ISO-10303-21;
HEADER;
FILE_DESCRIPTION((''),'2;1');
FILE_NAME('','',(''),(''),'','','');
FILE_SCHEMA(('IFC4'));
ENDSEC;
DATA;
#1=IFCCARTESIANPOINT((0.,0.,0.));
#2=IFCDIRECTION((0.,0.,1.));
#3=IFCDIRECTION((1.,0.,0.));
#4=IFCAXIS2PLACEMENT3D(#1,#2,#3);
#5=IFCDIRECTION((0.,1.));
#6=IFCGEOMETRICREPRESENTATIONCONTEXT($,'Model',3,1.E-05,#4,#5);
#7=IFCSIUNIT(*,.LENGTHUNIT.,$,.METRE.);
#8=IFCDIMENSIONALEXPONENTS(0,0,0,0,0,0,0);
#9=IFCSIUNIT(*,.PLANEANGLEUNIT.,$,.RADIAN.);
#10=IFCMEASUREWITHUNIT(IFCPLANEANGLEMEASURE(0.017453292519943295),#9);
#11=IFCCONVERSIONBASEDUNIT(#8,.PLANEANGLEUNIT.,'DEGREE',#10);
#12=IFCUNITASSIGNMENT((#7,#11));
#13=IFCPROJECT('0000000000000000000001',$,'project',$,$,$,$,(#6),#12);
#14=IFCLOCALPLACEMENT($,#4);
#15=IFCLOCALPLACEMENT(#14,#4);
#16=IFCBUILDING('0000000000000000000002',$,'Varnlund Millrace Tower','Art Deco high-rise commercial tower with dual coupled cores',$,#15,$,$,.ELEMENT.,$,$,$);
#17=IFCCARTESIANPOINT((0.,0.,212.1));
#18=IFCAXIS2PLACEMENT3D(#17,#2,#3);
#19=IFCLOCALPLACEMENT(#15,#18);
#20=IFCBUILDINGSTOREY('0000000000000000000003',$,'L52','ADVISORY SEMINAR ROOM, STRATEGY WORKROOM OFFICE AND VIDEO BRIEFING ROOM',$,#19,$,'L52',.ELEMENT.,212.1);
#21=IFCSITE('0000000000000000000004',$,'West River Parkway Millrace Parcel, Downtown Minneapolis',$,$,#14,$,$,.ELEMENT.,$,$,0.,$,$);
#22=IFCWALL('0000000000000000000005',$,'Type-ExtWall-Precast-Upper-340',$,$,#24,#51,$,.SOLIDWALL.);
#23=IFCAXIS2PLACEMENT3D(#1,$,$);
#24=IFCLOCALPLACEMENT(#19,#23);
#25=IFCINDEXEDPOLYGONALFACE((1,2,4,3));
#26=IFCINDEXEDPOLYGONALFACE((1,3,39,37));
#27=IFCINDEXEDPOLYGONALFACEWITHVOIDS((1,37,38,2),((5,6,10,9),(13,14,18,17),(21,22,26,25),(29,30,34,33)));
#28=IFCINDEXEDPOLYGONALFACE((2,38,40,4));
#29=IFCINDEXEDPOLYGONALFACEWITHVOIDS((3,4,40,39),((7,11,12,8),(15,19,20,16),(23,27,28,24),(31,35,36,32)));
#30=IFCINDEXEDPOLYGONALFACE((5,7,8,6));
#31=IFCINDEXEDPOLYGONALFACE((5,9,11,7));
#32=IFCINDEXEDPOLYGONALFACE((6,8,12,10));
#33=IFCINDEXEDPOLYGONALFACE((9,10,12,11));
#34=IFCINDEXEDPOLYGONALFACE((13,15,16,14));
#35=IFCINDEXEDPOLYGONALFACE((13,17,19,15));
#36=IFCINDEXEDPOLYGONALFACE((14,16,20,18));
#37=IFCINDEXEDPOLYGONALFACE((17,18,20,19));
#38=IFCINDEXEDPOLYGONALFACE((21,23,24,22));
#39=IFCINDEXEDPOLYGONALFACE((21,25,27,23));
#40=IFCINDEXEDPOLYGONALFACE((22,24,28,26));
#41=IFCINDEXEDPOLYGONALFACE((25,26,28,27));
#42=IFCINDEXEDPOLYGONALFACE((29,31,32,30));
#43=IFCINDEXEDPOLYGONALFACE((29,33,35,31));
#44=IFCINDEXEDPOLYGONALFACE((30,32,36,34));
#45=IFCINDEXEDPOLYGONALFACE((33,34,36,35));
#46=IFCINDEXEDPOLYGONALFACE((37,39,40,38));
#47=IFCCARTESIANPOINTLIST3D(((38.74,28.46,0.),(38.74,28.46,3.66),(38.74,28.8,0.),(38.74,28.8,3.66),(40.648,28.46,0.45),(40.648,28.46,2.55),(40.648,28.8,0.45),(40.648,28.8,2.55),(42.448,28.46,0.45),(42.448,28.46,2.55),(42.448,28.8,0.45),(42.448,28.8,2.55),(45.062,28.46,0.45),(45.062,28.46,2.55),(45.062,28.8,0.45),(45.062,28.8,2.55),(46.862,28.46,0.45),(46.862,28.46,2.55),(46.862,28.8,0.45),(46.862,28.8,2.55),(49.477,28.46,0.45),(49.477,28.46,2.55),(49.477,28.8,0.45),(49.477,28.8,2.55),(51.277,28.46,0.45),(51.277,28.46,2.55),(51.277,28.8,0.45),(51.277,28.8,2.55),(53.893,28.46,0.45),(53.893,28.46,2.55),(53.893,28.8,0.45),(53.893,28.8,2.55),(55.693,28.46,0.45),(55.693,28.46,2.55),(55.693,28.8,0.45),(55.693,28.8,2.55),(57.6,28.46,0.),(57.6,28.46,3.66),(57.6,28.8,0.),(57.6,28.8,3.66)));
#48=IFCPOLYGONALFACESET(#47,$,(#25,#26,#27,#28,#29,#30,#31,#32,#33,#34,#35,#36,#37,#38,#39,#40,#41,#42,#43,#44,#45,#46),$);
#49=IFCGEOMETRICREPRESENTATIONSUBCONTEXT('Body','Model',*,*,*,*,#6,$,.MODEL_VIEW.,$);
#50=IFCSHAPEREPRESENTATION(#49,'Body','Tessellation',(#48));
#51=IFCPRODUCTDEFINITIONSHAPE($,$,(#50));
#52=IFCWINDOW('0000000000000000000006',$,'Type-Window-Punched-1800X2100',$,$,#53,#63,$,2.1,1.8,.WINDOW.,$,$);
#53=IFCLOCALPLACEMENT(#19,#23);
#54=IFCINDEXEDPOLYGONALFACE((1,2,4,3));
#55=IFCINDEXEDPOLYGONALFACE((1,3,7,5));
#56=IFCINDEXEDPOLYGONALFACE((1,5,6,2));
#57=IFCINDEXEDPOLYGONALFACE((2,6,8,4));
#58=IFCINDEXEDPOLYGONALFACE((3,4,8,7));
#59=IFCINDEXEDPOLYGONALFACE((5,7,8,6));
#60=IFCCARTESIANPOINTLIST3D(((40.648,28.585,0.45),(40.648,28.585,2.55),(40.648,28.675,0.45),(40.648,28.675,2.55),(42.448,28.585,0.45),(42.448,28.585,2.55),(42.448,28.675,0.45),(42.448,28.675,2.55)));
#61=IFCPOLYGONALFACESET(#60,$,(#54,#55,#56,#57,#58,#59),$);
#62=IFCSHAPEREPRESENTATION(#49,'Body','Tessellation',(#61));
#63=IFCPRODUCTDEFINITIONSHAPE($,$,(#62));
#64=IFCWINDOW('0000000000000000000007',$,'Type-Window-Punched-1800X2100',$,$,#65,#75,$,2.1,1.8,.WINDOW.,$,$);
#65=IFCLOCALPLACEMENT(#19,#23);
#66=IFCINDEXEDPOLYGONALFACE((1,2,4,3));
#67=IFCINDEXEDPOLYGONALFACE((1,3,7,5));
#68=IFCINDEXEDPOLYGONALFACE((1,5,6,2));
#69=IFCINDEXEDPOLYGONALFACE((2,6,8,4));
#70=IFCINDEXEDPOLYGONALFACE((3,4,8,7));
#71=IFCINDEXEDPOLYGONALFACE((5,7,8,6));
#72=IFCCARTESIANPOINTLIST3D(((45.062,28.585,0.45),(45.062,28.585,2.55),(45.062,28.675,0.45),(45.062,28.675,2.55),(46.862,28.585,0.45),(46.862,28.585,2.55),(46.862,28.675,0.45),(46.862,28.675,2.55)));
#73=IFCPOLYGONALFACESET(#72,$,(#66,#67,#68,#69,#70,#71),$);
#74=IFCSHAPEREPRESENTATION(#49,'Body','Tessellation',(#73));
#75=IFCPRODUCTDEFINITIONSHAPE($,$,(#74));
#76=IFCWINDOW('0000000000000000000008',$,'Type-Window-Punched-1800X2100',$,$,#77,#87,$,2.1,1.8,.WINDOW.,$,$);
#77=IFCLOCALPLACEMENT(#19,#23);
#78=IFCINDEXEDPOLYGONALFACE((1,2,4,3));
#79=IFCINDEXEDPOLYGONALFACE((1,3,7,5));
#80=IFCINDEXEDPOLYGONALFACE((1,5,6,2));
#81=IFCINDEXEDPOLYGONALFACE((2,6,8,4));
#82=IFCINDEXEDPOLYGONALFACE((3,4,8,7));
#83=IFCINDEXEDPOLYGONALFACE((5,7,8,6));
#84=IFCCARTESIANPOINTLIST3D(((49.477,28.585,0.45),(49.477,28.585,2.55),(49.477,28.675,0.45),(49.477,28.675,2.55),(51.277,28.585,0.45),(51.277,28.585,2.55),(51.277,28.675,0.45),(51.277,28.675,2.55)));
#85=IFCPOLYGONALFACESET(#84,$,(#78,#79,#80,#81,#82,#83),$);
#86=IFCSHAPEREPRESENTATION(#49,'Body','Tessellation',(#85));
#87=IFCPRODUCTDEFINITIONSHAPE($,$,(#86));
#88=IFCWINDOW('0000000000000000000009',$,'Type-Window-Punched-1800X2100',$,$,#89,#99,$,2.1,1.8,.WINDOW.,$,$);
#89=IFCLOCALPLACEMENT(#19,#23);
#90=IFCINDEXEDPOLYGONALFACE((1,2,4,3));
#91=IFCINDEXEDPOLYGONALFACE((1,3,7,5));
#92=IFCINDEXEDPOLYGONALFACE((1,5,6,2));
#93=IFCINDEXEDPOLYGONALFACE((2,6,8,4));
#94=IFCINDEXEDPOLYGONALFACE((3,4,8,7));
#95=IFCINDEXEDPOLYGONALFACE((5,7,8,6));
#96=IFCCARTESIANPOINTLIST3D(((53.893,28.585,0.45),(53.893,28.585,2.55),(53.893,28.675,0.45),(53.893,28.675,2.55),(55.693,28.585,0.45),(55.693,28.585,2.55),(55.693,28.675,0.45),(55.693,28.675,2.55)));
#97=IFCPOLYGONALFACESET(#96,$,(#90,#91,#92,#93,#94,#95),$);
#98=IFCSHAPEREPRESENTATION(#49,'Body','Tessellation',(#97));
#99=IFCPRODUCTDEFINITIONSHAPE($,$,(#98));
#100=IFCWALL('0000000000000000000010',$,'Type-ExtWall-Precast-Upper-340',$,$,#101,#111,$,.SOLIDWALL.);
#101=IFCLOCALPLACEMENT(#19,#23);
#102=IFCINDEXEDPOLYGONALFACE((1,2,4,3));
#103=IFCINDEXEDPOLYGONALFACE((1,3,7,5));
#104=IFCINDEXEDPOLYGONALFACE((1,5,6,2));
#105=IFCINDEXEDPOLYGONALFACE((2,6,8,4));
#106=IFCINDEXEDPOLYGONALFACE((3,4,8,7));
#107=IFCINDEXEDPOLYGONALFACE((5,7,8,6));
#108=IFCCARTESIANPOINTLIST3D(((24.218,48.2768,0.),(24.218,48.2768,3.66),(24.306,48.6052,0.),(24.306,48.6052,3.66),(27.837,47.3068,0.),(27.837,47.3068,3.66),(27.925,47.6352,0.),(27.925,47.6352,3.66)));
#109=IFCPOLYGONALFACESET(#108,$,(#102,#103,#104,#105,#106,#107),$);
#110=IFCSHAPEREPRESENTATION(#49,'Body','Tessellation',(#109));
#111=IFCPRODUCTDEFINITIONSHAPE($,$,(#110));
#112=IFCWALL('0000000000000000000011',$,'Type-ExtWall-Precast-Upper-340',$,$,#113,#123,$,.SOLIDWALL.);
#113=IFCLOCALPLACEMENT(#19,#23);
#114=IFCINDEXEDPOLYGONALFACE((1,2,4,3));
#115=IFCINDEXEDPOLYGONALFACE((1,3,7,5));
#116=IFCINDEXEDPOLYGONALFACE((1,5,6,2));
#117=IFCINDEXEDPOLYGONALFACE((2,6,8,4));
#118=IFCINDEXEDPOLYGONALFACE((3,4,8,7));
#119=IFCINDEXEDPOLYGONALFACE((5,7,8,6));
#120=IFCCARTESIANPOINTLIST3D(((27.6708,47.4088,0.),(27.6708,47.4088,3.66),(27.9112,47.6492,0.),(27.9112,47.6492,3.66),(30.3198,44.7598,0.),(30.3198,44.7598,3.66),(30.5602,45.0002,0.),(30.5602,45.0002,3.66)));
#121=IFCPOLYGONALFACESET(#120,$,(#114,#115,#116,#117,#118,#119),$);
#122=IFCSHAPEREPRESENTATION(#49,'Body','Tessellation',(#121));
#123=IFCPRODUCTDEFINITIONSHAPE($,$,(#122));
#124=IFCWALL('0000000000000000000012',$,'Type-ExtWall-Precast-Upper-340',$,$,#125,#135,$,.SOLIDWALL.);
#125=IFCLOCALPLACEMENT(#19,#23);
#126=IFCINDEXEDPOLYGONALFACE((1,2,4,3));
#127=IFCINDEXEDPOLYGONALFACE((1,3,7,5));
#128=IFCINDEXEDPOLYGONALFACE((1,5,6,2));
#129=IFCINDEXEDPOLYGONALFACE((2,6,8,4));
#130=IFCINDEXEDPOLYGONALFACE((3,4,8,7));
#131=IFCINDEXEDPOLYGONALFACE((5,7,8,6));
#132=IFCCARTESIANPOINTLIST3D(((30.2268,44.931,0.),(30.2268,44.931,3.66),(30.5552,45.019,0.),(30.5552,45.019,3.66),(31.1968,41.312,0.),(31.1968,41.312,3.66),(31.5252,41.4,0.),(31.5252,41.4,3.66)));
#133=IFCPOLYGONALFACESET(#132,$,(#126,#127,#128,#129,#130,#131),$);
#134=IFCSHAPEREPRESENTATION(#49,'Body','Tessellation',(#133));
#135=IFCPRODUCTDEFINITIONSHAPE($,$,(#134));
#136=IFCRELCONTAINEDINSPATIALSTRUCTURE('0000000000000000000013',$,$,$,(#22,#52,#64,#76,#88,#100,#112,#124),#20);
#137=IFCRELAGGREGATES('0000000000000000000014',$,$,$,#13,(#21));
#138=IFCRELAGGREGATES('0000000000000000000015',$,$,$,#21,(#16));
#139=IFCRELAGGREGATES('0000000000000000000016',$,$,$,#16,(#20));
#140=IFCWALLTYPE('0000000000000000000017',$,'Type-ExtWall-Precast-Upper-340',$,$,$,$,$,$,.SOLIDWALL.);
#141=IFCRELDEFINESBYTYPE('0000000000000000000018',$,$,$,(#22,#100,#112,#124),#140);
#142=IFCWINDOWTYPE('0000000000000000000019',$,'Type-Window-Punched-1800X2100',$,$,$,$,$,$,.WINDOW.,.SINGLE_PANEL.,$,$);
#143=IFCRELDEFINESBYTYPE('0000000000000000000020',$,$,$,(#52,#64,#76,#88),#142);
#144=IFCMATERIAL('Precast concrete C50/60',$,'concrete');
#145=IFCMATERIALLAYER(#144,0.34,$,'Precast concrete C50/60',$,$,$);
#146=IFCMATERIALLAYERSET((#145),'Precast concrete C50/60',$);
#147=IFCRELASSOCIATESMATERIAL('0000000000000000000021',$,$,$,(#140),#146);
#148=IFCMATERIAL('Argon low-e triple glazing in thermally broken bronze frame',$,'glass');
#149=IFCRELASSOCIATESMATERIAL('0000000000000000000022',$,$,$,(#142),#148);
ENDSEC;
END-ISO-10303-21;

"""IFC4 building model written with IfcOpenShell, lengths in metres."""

from ifc_helpers import new_model, entity, si_unit, converted_unit, direction, frame, origin_with_axes, origin_2d_with_axis, place, context, subcontext, project, spatial, polyline, rectangle, outline, extrude, material, layer, layer_set, type_object, element, fill, save


model = new_model("IFC4")

# Units and contexts
model_context = context("Model", 3, precision=1e-05, world=origin_with_axes(), true_north=direction((0.0, 1.0)))
body_context = subcontext(model_context, "Body", "Model", "MODEL_VIEW")
ifc_project = project(units=[si_unit("LENGTHUNIT", "METRE"), converted_unit("PLANEANGLEUNIT", "DEGREE", entity("IfcPlaneAngleMeasure", 0.017453292519943295), si_unit("PLANEANGLEUNIT", "RADIAN"), dimensions=[0, 0, 0, 0, 0, 0, 0])], contexts=[model_context])

# Site, building, storey
site_placement = place(None, origin_with_axes())
site = spatial("IfcSite", under=ifc_project, at=site_placement, Name="West River Parkway Millrace Parcel, Downtown Minneapolis", CompositionType="ELEMENT", RefElevation=0.0)
building_placement = place(site_placement, origin_with_axes())
building = spatial("IfcBuilding", under=site, at=building_placement, Name="Varnlund Millrace Tower", Description="Art Deco high-rise commercial tower with dual coupled cores", CompositionType="ELEMENT")
storey_placement = place(building_placement, frame((0.0, 0.0, 212.1), z_axis=(0.0, 0.0, 1.0), x_axis=(1.0, 0.0, 0.0)))
storey = spatial("IfcBuildingStorey", under=building, at=storey_placement, Name="L52", Description="ADVISORY SEMINAR ROOM, STRATEGY WORKROOM OFFICE AND VIDEO BRIEFING ROOM", LongName="L52", CompositionType="ELEMENT", Elevation=212.1)

# Shared definitions
ifc_material_1 = material(Name="Precast concrete C50/60", Category="concrete")
ifc_layer_1 = layer(ifc_material_1, 0.34, Name="Precast concrete C50/60")
ifc_layer_set_1 = layer_set([ifc_layer_1], Name="Precast concrete C50/60")
wall_type_1 = type_object("IfcWallType", Name="Type-ExtWall-Precast-Upper-340", PredefinedType="SOLIDWALL", material=ifc_layer_set_1)

# Wall, openings, windows
wall_1_placement = place(storey_placement, frame((38.74, 28.63, 0.0), z_axis=(0.0, 0.0, 1.0), x_axis=(1.0, 0.0, 0.0)))
wall_1 = element("IfcWall", 1, at=wall_1_placement, inside=storey, type_object=wall_type_1, Name="Type-ExtWall-Precast-Upper-340", PredefinedType="SOLIDWALL", context=body_context, shape_type="SweptSolid", body=[
    extrude(outline(polyline([(0.0, -0.17), (18.86, -0.17), (18.86, 0.17), (0.0, 0.17), (0.0, -0.17)])), origin_with_axes(), (0.0, 0.0, 1.0), 3.66),
])
opening_1_placement = place(wall_1_placement, frame((2.808, 0.0, 0.45), z_axis=(0.0, 0.0, 1.0), x_axis=(1.0, 0.0, 0.0)))
opening_1 = element("IfcOpeningElement", 2, at=opening_1_placement, cuts=wall_1, PredefinedType="OPENING", context=body_context, shape_type="SweptSolid", body=[
    extrude(rectangle(XDim=1.8, YDim=0.36, at=origin_2d_with_axis()), origin_with_axes(), (0.0, 0.0, 1.0), 2.1),
])
opening_2_placement = place(wall_1_placement, frame((7.222, 0.0, 0.45), z_axis=(0.0, 0.0, 1.0), x_axis=(1.0, 0.0, 0.0)))
opening_2 = element("IfcOpeningElement", 3, at=opening_2_placement, cuts=wall_1, PredefinedType="OPENING", context=body_context, shape_type="SweptSolid", body=[
    extrude(rectangle(XDim=1.8, YDim=0.36, at=origin_2d_with_axis()), origin_with_axes(), (0.0, 0.0, 1.0), 2.1),
])
opening_3_placement = place(wall_1_placement, frame((11.637, 0.0, 0.45), z_axis=(0.0, 0.0, 1.0), x_axis=(1.0, 0.0, 0.0)))
opening_3 = element("IfcOpeningElement", 4, at=opening_3_placement, cuts=wall_1, PredefinedType="OPENING", context=body_context, shape_type="SweptSolid", body=[
    extrude(rectangle(XDim=1.8, YDim=0.36, at=origin_2d_with_axis()), origin_with_axes(), (0.0, 0.0, 1.0), 2.1),
])
opening_4_placement = place(wall_1_placement, frame((16.053, 0.0, 0.45), z_axis=(0.0, 0.0, 1.0), x_axis=(1.0, 0.0, 0.0)))
opening_4 = element("IfcOpeningElement", 5, at=opening_4_placement, cuts=wall_1, PredefinedType="OPENING", context=body_context, shape_type="SweptSolid", body=[
    extrude(rectangle(XDim=1.8, YDim=0.36, at=origin_2d_with_axis()), origin_with_axes(), (0.0, 0.0, 1.0), 2.1),
])
ifc_material_2 = material(Name="Argon low-e triple glazing in thermally broken bronze frame", Category="glass")
window_type_1 = type_object("IfcWindowType", Name="Type-Window-Punched-1800X2100", PartitioningType="SINGLE_PANEL", PredefinedType="WINDOW", material=ifc_material_2)
window_1_placement = place(wall_1_placement, frame((2.808, 0.0, 0.45), z_axis=(0.0, 0.0, 1.0), x_axis=(1.0, 0.0, 0.0)))
window_1 = element("IfcWindow", 6, at=window_1_placement, inside=storey, type_object=window_type_1, Name="Type-Window-Punched-1800X2100", OverallHeight=2.1, OverallWidth=1.8, PredefinedType="WINDOW", context=body_context, shape_type="SweptSolid", body=[
    extrude(rectangle(XDim=1.8, YDim=0.09, at=origin_2d_with_axis()), origin_with_axes(), (0.0, 0.0, 1.0), 2.1),
])
fill(opening_1, window_1)
window_2_placement = place(wall_1_placement, frame((7.222, 0.0, 0.45), z_axis=(0.0, 0.0, 1.0), x_axis=(1.0, 0.0, 0.0)))
window_2 = element("IfcWindow", 7, at=window_2_placement, inside=storey, type_object=window_type_1, Name="Type-Window-Punched-1800X2100", OverallHeight=2.1, OverallWidth=1.8, PredefinedType="WINDOW", context=body_context, shape_type="SweptSolid", body=[
    extrude(rectangle(XDim=1.8, YDim=0.09, at=origin_2d_with_axis()), origin_with_axes(), (0.0, 0.0, 1.0), 2.1),
])
fill(opening_2, window_2)
window_3_placement = place(wall_1_placement, frame((11.637, 0.0, 0.45), z_axis=(0.0, 0.0, 1.0), x_axis=(1.0, 0.0, 0.0)))
window_3 = element("IfcWindow", 8, at=window_3_placement, inside=storey, type_object=window_type_1, Name="Type-Window-Punched-1800X2100", OverallHeight=2.1, OverallWidth=1.8, PredefinedType="WINDOW", context=body_context, shape_type="SweptSolid", body=[
    extrude(rectangle(XDim=1.8, YDim=0.09, at=origin_2d_with_axis()), origin_with_axes(), (0.0, 0.0, 1.0), 2.1),
])
fill(opening_3, window_3)
window_4_placement = place(wall_1_placement, frame((16.053, 0.0, 0.45), z_axis=(0.0, 0.0, 1.0), x_axis=(1.0, 0.0, 0.0)))
window_4 = element("IfcWindow", 9, at=window_4_placement, inside=storey, type_object=window_type_1, Name="Type-Window-Punched-1800X2100", OverallHeight=2.1, OverallWidth=1.8, PredefinedType="WINDOW", context=body_context, shape_type="SweptSolid", body=[
    extrude(rectangle(XDim=1.8, YDim=0.09, at=origin_2d_with_axis()), origin_with_axes(), (0.0, 0.0, 1.0), 2.1),
])
fill(opening_4, window_4)

# Walls
wall_2_placement = place(storey_placement, frame((24.262, 48.441, 0.0), z_axis=(0.0, 0.0, 1.0), x_axis=(0.965906, -0.258892, 0.0)))
element("IfcWall", 10, at=wall_2_placement, inside=storey, type_object=wall_type_1, Name="Type-ExtWall-Precast-Upper-340", PredefinedType="SOLIDWALL", context=body_context, shape_type="SweptSolid", body=[
    extrude(outline(polyline([(0.0, -0.17), (3.7467, -0.17), (3.7467, 0.17), (0.0, 0.17), (0.0, -0.17)])), origin_with_axes(), (0.0, 0.0, 1.0), 3.66),
])
wall_3_placement = place(storey_placement, frame((27.791, 47.529, 0.0), z_axis=(0.0, 0.0, 1.0), x_axis=(0.707107, -0.707107, 0.0)))
element("IfcWall", 11, at=wall_3_placement, inside=storey, type_object=wall_type_1, Name="Type-ExtWall-Precast-Upper-340", PredefinedType="SOLIDWALL", context=body_context, shape_type="SweptSolid", body=[
    extrude(outline(polyline([(0.0, -0.17), (3.7463, -0.17), (3.7463, 0.17), (0.0, 0.17), (0.0, -0.17)])), origin_with_axes(), (0.0, 0.0, 1.0), 3.66),
])
wall_4_placement = place(storey_placement, frame((30.391, 44.975, 0.0), z_axis=(0.0, 0.0, 1.0), x_axis=(0.258892, -0.965906, 0.0)))
element("IfcWall", 12, at=wall_4_placement, inside=storey, type_object=wall_type_1, Name="Type-ExtWall-Precast-Upper-340", PredefinedType="SOLIDWALL", context=body_context, shape_type="SweptSolid", body=[
    extrude(outline(polyline([(0.0, -0.17), (3.7467, -0.17), (3.7467, 0.17), (0.0, 0.17), (0.0, -0.17)])), origin_with_axes(), (0.0, 0.0, 1.0), 3.66),
])

save(model, "model.ifc")
